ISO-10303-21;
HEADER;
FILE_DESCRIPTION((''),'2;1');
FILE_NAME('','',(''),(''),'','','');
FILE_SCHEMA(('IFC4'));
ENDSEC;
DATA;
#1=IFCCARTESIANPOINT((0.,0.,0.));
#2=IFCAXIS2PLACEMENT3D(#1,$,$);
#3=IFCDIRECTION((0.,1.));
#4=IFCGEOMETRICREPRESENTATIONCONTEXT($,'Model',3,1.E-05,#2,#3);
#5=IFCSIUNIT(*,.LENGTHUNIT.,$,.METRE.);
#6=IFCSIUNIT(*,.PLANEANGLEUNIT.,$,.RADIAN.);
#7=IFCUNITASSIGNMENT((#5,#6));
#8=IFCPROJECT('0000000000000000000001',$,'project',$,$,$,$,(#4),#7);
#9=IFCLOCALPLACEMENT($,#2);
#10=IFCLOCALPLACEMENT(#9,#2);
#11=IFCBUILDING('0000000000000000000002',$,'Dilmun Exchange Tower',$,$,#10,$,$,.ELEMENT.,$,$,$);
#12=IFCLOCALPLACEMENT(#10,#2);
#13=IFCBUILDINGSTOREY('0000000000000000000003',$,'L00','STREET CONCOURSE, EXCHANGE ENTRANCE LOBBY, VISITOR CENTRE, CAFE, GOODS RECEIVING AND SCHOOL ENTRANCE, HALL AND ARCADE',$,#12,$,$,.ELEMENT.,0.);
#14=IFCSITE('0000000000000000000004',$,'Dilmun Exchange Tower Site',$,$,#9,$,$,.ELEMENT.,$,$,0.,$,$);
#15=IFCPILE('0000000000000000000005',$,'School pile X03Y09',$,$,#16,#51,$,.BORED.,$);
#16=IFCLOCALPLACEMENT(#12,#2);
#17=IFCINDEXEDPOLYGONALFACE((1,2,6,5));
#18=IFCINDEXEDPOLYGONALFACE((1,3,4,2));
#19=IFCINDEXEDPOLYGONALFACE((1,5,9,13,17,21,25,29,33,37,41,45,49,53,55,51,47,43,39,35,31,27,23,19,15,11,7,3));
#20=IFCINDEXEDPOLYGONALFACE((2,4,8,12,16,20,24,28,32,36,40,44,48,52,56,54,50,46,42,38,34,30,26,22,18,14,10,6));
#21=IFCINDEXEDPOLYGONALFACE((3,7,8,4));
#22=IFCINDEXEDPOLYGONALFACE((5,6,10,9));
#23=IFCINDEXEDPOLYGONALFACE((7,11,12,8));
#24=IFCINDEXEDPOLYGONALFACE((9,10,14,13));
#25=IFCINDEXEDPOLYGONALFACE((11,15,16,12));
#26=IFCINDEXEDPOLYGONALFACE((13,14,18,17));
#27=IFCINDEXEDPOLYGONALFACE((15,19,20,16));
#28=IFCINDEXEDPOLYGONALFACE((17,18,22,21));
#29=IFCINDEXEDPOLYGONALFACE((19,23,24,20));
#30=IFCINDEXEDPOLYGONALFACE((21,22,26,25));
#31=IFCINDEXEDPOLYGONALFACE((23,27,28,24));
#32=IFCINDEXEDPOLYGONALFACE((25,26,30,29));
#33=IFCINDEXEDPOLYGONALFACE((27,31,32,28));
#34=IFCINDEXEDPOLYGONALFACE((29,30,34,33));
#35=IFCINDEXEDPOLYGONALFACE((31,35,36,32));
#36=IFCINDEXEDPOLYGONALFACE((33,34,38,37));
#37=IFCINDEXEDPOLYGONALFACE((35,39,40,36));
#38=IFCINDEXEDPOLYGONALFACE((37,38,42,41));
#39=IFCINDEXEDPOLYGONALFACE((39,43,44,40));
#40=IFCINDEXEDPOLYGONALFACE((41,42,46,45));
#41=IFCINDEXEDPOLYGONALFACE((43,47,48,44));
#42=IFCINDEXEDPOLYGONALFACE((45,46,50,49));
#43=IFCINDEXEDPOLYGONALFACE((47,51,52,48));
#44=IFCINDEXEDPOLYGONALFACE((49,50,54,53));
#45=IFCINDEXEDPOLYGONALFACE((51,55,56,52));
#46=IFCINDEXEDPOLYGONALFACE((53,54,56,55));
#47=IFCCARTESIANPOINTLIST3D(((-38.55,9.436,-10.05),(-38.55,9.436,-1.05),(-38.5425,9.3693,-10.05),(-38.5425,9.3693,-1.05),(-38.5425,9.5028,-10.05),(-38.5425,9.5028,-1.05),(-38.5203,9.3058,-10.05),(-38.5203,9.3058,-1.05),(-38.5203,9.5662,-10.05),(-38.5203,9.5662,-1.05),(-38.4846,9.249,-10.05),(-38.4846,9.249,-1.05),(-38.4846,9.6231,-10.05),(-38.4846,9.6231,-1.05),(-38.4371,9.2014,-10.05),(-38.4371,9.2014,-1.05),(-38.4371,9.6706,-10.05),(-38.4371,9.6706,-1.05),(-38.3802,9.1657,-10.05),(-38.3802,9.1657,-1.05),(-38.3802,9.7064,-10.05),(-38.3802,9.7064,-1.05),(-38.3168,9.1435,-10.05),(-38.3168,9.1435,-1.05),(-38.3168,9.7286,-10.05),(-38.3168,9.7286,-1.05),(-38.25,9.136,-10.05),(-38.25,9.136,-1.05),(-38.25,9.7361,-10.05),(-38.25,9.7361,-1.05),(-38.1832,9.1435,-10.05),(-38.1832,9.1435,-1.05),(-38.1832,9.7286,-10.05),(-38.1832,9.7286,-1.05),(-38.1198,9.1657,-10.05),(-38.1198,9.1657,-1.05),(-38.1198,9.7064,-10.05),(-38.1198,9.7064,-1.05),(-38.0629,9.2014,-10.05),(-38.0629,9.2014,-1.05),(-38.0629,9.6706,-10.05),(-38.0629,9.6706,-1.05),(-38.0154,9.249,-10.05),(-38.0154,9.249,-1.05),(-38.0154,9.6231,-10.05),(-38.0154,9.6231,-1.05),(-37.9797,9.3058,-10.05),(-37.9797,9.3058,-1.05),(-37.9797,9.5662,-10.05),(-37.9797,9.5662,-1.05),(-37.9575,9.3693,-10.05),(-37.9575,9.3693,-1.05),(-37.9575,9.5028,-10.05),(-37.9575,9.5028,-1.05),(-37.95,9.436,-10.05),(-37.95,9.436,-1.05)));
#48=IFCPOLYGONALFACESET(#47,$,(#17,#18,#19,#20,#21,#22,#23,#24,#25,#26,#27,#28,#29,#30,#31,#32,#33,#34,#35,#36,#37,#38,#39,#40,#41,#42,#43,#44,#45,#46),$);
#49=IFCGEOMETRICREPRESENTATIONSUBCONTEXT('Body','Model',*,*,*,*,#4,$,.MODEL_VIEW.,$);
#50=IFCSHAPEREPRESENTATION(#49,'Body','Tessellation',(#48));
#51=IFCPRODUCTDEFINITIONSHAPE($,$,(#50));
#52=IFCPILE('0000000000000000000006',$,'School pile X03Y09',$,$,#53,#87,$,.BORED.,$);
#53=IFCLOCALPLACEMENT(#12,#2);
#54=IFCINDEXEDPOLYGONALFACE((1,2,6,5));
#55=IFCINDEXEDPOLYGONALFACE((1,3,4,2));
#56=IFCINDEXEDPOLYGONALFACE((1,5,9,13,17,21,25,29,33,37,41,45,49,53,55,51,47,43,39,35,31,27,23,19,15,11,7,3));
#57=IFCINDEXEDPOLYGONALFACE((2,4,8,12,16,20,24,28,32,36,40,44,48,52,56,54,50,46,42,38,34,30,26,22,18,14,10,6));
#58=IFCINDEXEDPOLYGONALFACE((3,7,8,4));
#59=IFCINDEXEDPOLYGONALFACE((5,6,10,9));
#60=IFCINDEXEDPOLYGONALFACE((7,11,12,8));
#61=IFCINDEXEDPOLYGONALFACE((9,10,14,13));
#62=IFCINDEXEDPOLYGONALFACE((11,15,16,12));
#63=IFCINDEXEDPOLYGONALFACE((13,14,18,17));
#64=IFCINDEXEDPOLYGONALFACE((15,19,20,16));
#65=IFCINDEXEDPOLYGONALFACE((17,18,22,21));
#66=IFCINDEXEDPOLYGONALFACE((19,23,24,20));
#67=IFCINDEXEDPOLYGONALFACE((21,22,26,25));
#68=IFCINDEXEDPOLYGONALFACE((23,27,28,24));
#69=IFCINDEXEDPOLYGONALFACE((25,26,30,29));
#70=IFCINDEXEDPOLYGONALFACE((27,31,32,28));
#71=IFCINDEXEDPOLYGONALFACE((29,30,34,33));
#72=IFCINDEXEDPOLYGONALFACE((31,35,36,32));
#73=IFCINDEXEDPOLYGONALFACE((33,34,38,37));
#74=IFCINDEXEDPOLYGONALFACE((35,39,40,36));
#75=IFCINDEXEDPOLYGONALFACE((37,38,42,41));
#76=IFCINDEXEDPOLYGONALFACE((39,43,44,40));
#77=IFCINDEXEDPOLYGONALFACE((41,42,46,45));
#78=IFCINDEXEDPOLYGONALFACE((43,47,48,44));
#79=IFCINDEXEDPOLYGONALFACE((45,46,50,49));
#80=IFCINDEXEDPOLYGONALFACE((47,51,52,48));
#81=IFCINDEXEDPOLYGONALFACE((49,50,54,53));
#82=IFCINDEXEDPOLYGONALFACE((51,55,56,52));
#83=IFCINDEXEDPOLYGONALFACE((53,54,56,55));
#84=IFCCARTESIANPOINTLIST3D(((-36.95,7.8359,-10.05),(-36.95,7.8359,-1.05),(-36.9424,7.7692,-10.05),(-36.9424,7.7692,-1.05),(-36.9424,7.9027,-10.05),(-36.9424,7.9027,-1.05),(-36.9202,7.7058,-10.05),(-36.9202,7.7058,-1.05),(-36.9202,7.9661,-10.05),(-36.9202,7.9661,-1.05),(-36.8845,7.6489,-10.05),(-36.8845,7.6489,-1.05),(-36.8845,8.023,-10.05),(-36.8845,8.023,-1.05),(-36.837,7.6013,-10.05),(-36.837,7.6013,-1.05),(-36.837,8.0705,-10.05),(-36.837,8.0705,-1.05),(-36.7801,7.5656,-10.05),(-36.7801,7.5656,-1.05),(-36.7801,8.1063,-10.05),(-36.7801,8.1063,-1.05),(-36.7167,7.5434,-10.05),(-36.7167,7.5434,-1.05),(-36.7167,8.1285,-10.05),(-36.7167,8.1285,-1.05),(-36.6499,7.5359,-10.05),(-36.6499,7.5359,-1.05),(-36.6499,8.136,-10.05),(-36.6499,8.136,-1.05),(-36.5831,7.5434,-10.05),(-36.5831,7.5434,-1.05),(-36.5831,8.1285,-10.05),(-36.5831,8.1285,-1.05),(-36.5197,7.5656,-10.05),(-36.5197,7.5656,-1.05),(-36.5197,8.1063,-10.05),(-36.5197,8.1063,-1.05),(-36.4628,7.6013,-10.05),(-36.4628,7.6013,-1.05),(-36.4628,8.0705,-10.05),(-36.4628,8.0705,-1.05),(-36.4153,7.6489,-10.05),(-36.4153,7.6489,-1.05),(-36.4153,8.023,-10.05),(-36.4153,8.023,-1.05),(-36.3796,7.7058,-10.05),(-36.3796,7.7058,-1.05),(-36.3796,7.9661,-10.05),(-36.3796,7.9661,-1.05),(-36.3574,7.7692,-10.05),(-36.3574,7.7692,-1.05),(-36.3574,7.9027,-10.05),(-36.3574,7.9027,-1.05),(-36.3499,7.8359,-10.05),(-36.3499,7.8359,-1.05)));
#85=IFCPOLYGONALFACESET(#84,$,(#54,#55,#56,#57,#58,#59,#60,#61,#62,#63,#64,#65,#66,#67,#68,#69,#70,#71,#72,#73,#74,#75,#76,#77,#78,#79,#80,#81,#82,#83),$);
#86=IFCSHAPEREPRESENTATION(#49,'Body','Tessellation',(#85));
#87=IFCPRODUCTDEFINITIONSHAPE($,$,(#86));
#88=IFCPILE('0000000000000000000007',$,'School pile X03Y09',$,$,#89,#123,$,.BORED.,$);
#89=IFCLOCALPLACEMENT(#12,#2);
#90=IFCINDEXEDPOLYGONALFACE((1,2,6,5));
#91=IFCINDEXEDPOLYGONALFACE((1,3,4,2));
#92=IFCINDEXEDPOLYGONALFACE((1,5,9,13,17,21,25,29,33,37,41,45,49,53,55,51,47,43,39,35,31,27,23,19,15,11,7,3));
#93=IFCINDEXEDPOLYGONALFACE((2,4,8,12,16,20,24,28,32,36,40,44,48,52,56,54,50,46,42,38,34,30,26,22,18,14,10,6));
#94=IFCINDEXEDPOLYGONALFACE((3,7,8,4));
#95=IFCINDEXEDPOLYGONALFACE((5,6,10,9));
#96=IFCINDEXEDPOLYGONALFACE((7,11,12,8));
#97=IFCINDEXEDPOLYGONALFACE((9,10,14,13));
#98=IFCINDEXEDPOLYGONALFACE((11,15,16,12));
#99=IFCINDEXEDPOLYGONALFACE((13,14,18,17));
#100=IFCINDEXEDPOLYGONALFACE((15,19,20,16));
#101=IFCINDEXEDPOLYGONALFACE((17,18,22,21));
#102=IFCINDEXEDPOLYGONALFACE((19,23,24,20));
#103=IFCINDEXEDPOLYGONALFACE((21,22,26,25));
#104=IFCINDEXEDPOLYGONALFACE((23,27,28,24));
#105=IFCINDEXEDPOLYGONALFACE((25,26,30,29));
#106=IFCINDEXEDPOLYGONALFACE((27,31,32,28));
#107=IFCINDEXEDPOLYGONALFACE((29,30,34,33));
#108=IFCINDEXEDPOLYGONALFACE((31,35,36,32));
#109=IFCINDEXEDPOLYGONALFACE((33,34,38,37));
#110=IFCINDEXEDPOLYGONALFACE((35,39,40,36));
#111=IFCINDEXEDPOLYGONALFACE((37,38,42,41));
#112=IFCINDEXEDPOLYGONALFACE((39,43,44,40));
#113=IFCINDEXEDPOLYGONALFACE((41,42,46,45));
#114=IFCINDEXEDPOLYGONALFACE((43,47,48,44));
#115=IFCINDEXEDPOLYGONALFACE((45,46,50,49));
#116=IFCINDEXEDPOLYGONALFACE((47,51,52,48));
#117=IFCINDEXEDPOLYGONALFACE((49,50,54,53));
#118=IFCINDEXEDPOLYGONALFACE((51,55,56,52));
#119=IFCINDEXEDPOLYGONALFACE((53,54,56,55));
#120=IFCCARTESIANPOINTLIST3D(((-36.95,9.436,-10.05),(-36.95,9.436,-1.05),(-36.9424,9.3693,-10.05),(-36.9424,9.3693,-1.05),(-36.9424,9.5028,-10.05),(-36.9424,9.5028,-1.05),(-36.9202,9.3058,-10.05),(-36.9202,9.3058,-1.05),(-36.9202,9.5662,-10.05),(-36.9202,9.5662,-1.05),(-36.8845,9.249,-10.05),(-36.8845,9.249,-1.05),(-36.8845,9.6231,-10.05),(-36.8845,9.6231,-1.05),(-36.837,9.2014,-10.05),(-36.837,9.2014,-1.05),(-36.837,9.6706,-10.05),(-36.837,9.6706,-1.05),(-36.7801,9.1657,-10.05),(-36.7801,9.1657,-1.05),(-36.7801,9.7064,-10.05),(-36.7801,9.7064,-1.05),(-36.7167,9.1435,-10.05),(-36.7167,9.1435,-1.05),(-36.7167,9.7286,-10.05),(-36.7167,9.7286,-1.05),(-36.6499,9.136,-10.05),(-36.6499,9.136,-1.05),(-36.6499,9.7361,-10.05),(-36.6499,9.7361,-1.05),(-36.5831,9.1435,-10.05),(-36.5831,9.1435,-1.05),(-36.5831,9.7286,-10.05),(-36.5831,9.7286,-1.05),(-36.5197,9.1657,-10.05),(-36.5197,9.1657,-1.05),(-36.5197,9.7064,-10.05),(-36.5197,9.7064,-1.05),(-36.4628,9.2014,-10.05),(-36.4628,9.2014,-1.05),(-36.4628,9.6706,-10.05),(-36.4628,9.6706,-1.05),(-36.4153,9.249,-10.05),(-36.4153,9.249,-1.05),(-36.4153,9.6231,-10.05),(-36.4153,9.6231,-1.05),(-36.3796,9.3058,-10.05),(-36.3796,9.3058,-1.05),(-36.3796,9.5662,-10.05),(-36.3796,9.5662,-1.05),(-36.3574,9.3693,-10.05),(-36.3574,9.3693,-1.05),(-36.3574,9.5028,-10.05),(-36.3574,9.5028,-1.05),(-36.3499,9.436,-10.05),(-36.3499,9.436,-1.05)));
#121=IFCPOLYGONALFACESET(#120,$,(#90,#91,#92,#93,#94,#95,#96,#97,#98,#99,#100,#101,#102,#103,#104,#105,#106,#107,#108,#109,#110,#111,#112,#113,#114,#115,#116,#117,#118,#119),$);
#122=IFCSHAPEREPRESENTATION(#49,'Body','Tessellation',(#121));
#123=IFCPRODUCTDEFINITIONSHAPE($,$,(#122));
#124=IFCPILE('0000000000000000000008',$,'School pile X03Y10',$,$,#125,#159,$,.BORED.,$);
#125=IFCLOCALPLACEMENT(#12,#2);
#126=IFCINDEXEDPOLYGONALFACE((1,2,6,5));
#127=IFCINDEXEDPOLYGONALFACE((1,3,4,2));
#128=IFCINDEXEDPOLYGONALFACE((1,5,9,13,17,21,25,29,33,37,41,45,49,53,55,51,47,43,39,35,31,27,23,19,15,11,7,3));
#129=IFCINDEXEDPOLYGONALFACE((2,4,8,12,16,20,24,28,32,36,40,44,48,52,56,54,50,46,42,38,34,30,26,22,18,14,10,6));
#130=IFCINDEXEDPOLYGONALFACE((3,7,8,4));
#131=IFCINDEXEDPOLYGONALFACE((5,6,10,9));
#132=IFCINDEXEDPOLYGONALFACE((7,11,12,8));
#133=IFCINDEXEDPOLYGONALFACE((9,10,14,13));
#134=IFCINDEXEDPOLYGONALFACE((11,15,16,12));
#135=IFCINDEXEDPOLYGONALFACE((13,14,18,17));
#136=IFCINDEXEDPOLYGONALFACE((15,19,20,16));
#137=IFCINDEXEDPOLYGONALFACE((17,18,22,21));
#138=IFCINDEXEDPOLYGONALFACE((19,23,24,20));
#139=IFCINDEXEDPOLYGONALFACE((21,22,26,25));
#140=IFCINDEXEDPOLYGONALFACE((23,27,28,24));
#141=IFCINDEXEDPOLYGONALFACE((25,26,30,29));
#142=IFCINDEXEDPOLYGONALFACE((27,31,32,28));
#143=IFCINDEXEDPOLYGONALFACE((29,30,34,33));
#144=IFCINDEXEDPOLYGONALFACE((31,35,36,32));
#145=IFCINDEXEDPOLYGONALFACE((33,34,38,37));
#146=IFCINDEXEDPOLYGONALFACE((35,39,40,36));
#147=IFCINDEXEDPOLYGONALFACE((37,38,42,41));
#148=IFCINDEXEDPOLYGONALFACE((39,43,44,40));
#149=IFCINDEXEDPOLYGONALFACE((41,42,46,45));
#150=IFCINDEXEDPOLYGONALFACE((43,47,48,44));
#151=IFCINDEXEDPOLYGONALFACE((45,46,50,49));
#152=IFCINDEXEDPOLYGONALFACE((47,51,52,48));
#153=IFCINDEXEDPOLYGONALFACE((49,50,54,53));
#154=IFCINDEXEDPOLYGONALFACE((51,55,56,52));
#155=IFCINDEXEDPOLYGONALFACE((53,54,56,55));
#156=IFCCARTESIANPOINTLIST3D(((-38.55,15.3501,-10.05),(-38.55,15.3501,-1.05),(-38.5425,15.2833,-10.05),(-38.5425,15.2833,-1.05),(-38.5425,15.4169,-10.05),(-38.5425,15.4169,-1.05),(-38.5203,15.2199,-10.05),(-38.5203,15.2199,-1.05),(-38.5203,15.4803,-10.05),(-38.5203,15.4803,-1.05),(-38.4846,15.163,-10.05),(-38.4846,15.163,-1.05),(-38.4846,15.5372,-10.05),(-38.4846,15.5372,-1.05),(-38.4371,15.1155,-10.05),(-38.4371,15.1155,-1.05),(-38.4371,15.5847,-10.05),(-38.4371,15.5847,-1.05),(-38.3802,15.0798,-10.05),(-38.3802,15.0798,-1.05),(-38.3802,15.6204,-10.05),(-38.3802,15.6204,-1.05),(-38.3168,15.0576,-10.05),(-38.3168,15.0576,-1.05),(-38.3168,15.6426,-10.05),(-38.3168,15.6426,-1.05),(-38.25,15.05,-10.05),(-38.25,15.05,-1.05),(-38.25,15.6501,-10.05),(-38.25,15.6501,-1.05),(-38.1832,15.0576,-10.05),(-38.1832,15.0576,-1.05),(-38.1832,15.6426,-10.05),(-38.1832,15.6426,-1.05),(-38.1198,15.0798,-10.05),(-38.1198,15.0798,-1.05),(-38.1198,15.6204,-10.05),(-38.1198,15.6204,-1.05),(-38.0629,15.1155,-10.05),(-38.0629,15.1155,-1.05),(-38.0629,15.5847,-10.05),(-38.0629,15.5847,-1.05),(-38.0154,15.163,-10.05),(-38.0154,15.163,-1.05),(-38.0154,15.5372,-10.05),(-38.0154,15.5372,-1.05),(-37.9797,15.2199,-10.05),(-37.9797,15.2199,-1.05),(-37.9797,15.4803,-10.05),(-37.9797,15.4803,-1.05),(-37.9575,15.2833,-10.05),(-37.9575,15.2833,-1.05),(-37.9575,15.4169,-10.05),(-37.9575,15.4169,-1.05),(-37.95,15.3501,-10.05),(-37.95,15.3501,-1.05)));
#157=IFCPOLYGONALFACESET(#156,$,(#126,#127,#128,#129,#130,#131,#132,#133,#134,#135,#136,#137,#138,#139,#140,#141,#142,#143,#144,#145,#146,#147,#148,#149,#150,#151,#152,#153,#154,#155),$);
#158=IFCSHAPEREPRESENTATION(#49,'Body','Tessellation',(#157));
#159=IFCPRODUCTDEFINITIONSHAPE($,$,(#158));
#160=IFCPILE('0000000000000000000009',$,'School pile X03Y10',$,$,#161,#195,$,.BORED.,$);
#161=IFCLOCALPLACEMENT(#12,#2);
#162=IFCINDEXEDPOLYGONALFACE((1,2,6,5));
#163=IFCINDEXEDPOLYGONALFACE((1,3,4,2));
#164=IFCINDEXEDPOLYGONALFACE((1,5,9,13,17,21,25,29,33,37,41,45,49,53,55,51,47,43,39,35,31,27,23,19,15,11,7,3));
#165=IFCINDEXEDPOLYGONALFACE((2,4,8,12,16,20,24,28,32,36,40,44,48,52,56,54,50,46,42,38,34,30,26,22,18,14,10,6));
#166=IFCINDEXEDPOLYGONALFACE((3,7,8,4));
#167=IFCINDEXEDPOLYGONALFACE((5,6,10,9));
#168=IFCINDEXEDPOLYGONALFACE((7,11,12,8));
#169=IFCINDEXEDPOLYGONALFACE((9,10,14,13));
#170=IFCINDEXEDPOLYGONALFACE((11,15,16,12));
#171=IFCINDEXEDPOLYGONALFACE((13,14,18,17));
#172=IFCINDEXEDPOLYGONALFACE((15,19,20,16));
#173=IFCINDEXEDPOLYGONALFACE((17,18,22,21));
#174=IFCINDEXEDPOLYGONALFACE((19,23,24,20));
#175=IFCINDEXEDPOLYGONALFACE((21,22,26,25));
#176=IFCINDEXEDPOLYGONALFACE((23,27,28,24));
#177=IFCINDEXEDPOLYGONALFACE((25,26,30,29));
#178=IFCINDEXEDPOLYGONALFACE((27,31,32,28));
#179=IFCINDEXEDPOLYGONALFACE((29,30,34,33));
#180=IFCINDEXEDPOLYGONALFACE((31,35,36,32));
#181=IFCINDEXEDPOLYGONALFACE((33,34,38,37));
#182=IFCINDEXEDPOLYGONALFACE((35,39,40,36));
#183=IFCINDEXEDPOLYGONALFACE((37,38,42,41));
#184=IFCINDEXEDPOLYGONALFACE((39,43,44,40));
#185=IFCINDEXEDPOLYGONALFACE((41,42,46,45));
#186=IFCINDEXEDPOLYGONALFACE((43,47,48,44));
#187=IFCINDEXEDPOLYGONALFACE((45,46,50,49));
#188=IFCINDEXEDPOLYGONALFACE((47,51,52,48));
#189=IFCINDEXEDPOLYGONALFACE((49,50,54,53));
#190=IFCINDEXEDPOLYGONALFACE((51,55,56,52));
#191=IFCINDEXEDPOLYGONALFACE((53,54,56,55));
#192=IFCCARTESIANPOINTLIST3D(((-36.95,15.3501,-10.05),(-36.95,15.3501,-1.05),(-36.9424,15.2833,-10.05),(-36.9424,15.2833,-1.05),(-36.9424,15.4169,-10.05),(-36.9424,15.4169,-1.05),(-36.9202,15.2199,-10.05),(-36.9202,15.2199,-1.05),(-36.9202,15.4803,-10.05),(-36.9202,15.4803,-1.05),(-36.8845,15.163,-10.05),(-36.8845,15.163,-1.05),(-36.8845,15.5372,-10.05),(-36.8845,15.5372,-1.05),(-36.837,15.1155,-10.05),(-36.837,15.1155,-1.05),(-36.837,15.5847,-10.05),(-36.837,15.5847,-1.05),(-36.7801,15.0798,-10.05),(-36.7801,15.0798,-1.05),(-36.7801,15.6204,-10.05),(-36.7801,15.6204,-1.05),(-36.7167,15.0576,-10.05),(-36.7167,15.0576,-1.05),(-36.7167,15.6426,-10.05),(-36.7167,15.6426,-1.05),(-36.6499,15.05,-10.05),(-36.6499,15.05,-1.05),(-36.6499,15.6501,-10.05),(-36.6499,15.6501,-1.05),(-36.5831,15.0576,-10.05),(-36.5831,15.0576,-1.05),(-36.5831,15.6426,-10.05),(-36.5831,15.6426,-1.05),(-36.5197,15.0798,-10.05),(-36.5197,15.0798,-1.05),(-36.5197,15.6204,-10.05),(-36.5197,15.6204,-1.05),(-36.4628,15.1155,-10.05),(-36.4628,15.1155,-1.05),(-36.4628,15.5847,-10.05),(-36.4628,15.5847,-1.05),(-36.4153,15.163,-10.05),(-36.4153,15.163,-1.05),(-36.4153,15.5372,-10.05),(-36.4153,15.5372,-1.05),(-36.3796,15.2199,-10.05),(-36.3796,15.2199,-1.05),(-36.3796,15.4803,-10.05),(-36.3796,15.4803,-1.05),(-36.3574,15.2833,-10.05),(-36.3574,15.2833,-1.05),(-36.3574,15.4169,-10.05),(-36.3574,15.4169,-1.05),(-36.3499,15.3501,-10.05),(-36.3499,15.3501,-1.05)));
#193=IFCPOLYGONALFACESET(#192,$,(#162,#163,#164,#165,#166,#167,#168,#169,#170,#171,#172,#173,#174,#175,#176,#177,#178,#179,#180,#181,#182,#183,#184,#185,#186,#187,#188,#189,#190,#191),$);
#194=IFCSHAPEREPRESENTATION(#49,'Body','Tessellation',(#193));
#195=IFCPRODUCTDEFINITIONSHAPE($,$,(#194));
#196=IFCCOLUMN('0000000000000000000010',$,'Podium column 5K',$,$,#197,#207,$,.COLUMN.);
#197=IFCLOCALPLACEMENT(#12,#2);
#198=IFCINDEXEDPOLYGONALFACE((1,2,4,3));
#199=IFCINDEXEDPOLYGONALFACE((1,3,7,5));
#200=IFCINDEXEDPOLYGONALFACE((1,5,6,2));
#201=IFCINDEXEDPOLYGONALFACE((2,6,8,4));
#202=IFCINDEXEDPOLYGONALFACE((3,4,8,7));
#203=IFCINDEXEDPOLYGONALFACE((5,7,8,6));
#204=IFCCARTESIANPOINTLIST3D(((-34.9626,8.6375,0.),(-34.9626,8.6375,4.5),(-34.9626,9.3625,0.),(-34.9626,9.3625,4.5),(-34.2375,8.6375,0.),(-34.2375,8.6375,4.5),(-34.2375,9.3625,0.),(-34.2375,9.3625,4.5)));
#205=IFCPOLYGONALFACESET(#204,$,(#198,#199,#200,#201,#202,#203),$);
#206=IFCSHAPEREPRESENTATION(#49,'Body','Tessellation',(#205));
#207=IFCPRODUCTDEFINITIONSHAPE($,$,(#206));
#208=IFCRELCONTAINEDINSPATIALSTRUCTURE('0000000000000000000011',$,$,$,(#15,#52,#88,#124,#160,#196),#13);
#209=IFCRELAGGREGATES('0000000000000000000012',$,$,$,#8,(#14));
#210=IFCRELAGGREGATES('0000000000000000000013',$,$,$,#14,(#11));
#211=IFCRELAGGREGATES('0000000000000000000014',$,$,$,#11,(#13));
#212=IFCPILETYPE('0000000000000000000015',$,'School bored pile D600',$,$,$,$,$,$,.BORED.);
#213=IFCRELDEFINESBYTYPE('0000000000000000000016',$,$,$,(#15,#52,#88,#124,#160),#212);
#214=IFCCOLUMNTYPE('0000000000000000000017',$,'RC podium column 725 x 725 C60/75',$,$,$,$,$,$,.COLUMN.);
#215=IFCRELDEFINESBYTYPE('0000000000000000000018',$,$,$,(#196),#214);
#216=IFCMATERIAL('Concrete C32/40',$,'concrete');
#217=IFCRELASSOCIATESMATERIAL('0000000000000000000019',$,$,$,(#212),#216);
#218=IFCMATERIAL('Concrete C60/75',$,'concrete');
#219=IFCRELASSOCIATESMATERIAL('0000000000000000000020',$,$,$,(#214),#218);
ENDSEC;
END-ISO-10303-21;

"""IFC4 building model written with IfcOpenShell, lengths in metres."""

from ifc_helpers import new_model, si_unit, direction, frame, origin, origin_2d, place, context, subcontext, project, spatial, rectangle, circle, extrude, material, material_profile, profile_set, type_object, element, save


model = new_model("IFC4")

# Units and contexts
model_context = context("Model", 3, precision=1e-05, world=origin(), true_north=direction((0.0, 1.0)))
body_context = subcontext(model_context, "Body", "Model", "MODEL_VIEW")
ifc_project = project(units=[si_unit("LENGTHUNIT", "METRE"), si_unit("PLANEANGLEUNIT", "RADIAN")], contexts=[model_context])

# Site, building, storey
site_placement = place(None, origin())
site = spatial("IfcSite", under=ifc_project, at=site_placement, Name="Dilmun Exchange Tower Site", CompositionType="ELEMENT", RefElevation=0.0)
building_placement = place(site_placement, origin())
building = spatial("IfcBuilding", under=site, at=building_placement, Name="Dilmun Exchange Tower", CompositionType="ELEMENT")
storey_placement = place(building_placement, origin())
storey = spatial("IfcBuildingStorey", under=building, at=storey_placement, Name="L00", Description="STREET CONCOURSE, EXCHANGE ENTRANCE LOBBY, VISITOR CENTRE, CAFE, GOODS RECEIVING AND SCHOOL ENTRANCE, HALL AND ARCADE", CompositionType="ELEMENT", Elevation=0.0)

# Piles
ifc_material_1 = material(Name="Concrete C32/40", Category="concrete")
ifc_material_profile_1 = material_profile(ifc_material_1, circle(Radius=0.3, at=origin_2d()), Name="D600")
ifc_profile_set_1 = profile_set([ifc_material_profile_1], Name="Concrete C32/40")
pile_type = type_object("IfcPileType", Name="School bored pile D600", PredefinedType="BORED", material=ifc_profile_set_1)
for number, where, z_axis, x_axis, name in (
    (1, (-38.25, 9.436, -1.05), (0.0, 0.0, -1.0), (1.0, 0.0, 0.0), "School pile X03Y09"),
    (2, (-36.6499, 7.8359, -1.05), (0.0, 0.0, -1.0), (1.0, 0.0, 0.0), "School pile X03Y09"),
    (3, (-36.6499, 9.436, -1.05), (0.0, 0.0, -1.0), (1.0, 0.0, 0.0), "School pile X03Y09"),
    (4, (-38.25, 15.3501, -1.05), (0.0, 0.0, -1.0), (1.0, 0.0, 0.0), "School pile X03Y10"),
    (5, (-36.6499, 15.3501, -1.05), (0.0, 0.0, -1.0), (1.0, 0.0, 0.0), "School pile X03Y10"),
):
    element("IfcPile", number, at=place(storey_placement, frame(where, z_axis=z_axis, x_axis=x_axis)), inside=storey, type_object=pile_type, Name=name, PredefinedType="BORED", context=body_context, shape_type="SweptSolid", body=[
        extrude(circle(Radius=0.3, at=origin_2d()), origin(), (0.0, 0.0, 1.0), 9.0),
    ])

# Column
ifc_material_2 = material(Name="Concrete C60/75", Category="concrete")
ifc_material_profile_2 = material_profile(ifc_material_2, rectangle(XDim=0.7251, YDim=0.7251, at=origin_2d()), Name="725 x 725")
ifc_profile_set_2 = profile_set([ifc_material_profile_2], Name="Concrete C60/75")
column_type_1 = type_object("IfcColumnType", Name="RC podium column 725 x 725 C60/75", PredefinedType="COLUMN", material=ifc_profile_set_2)
column_1_placement = place(storey_placement, frame((-34.6001, 9.0, 0.0), z_axis=(0.0, 0.0, 1.0), x_axis=(1.0, 0.0, 0.0)))
element("IfcColumn", 6, at=column_1_placement, inside=storey, type_object=column_type_1, Name="Podium column 5K", PredefinedType="COLUMN", context=body_context, shape_type="SweptSolid", body=[
    extrude(rectangle(XDim=0.7251, YDim=0.7251, at=origin_2d()), origin(), (0.0, 0.0, 1.0), 4.5),
])

save(model, "model.ifc")
